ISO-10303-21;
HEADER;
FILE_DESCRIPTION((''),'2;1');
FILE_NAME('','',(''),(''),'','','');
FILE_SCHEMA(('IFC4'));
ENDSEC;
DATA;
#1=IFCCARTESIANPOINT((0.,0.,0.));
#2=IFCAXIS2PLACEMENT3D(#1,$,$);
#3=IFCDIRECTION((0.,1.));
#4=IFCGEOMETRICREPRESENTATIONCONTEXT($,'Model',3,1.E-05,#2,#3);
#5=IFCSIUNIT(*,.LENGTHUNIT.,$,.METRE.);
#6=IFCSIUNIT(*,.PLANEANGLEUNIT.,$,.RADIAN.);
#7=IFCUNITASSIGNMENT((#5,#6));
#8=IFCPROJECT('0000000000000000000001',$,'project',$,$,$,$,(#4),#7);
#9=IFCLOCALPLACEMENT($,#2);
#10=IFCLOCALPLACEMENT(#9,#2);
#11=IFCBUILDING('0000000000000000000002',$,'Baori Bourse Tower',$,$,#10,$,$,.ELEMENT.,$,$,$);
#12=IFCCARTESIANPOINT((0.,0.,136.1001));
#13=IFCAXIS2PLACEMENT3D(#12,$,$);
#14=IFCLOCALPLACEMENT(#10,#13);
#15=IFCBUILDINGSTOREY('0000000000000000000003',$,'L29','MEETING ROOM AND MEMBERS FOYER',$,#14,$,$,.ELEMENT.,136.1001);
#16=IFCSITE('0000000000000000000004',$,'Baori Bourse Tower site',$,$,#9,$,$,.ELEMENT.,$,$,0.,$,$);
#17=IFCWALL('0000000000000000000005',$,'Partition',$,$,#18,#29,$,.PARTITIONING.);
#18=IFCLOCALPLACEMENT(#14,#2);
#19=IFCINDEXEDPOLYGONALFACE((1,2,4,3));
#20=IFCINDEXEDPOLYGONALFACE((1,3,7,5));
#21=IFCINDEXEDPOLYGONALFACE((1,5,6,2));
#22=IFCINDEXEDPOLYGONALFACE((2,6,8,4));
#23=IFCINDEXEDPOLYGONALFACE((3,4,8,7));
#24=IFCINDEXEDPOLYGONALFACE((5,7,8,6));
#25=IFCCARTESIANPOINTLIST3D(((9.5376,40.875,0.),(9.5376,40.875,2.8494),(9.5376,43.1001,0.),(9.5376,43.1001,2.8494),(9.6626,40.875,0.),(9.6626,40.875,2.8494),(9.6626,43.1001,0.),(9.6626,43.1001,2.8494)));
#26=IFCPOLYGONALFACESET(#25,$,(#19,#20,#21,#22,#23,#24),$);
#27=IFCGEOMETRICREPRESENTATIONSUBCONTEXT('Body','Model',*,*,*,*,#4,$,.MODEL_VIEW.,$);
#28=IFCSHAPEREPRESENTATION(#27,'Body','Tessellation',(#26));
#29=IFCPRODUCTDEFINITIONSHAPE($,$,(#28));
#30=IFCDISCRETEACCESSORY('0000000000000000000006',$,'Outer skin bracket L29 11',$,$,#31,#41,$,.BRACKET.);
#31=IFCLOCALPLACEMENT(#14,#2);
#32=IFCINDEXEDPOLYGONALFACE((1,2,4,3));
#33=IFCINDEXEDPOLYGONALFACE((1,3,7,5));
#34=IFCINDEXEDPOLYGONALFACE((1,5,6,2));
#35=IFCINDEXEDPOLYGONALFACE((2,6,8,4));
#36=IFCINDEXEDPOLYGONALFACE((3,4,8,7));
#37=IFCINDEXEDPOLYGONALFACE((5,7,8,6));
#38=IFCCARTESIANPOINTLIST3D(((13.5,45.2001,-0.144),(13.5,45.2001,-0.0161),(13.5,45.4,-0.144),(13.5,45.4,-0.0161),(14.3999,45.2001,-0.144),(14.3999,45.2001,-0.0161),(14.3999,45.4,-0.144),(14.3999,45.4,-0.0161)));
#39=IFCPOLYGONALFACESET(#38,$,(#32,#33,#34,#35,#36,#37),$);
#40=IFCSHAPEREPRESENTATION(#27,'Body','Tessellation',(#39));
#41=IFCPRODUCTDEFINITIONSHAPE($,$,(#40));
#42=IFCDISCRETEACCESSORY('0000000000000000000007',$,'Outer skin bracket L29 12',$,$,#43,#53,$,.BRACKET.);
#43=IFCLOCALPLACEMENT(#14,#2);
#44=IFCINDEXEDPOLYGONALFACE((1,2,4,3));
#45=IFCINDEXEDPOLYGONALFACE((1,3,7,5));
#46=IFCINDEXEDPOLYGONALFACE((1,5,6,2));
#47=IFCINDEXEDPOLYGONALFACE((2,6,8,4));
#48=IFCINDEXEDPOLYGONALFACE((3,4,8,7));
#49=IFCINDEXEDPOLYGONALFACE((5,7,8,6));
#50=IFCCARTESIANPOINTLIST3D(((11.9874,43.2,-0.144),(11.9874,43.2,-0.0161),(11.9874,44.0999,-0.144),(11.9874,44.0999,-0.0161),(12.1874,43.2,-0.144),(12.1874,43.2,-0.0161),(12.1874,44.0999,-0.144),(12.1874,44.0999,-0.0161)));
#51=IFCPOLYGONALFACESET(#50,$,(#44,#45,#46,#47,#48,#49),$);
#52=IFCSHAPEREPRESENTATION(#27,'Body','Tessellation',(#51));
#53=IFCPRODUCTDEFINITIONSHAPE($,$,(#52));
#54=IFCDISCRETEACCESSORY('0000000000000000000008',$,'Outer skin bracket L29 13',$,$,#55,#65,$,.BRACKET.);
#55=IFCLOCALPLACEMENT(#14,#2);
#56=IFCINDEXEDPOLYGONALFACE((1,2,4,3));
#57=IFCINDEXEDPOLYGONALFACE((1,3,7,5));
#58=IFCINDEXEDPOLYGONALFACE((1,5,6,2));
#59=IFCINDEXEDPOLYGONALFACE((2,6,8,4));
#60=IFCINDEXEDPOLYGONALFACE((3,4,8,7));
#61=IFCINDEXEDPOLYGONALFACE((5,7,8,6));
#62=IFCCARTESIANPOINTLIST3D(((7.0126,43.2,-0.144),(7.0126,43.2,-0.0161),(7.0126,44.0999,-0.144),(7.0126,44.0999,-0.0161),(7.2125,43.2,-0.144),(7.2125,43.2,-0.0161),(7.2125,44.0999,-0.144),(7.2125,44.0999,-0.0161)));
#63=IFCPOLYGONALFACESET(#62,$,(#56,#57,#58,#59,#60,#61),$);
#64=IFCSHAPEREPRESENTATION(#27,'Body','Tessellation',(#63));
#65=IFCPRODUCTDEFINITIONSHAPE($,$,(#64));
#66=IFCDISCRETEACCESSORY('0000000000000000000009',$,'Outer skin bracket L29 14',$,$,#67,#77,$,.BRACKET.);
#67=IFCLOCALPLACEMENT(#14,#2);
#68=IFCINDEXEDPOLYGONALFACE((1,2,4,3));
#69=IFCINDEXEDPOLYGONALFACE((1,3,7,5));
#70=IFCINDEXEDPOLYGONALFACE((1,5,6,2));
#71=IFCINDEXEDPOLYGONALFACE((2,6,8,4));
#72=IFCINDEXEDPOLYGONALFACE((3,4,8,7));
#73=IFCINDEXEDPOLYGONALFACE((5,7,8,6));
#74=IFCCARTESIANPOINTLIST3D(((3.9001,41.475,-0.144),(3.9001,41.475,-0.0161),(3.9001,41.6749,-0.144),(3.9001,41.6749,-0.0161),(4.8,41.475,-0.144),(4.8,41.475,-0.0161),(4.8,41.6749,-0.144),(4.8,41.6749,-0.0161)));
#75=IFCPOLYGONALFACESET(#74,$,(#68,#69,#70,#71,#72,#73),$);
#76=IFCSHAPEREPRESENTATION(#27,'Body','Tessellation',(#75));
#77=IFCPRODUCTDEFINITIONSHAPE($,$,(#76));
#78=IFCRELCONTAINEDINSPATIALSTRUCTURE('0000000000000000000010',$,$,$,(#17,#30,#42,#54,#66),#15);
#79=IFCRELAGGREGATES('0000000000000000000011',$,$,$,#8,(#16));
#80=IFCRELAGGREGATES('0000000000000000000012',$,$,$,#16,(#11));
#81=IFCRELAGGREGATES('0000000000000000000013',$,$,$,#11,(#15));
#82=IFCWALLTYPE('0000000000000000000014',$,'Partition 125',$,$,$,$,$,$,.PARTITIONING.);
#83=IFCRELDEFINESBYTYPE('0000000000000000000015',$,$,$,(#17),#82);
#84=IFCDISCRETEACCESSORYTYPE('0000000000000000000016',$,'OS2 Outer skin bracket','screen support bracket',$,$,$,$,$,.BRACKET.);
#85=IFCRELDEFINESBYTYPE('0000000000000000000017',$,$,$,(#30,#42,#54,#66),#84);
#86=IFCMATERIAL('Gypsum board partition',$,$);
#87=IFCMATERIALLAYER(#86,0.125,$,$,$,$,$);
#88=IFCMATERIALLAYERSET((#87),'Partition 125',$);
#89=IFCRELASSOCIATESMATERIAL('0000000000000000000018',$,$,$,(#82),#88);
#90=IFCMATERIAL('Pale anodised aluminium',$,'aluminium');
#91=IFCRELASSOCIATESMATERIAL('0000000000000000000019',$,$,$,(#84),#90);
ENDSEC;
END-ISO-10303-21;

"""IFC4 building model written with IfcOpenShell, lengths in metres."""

from ifc_helpers import new_model, si_unit, direction, frame, frame_2d, origin, origin_2d, place, context, subcontext, project, spatial, rectangle, extrude, material, layer, layer_set, type_object, element, save


model = new_model("IFC4")

# Units and contexts
model_context = context("Model", 3, precision=1e-05, world=origin(), true_north=direction((0.0, 1.0)))
body_context = subcontext(model_context, "Body", "Model", "MODEL_VIEW")
ifc_project = project(units=[si_unit("LENGTHUNIT", "METRE"), si_unit("PLANEANGLEUNIT", "RADIAN")], contexts=[model_context])

# Site, building, storey
site_placement = place(None, origin())
site = spatial("IfcSite", under=ifc_project, at=site_placement, Name="Baori Bourse Tower site", CompositionType="ELEMENT", RefElevation=0.0)
building_placement = place(site_placement, origin())
building = spatial("IfcBuilding", under=site, at=building_placement, Name="Baori Bourse Tower", CompositionType="ELEMENT")
storey_placement = place(building_placement, frame((0.0, 0.0, 136.1001)))
storey = spatial("IfcBuildingStorey", under=building, at=storey_placement, Name="L29", Description="MEETING ROOM AND MEMBERS FOYER", CompositionType="ELEMENT", Elevation=136.1001)

# Wall
ifc_material_1 = material(Name="Gypsum board partition")
ifc_layer_1 = layer(ifc_material_1, 0.125)
ifc_layer_set_1 = layer_set([ifc_layer_1], Name="Partition 125")
wall_type_1 = type_object("IfcWallType", Name="Partition 125", PredefinedType="PARTITIONING", material=ifc_layer_set_1)
wall_1_placement = place(storey_placement, frame((9.6001, 40.875, 0.0), z_axis=(0.0, 0.0, 1.0), x_axis=(0.0, 1.0, 0.0)))
element("IfcWall", 1, at=wall_1_placement, inside=storey, type_object=wall_type_1, Name="Partition", PredefinedType="PARTITIONING", context=body_context, shape_type="SweptSolid", body=[
    extrude(rectangle(XDim=2.2251, YDim=0.125, at=frame_2d((1.1125, 0.0))), origin(), (0.0, 0.0, 1.0), 2.8494),
])

# Discrete accessories
ifc_material_2 = material(Name="Pale anodised aluminium", Category="aluminium")
discrete_accessory_type = type_object("IfcDiscreteAccessoryType", Name="OS2 Outer skin bracket", Description="screen support bracket", PredefinedType="BRACKET", material=ifc_material_2)
for number, where, z_axis, x_axis, name in (
    (2, (13.95, 45.3, -0.144), (0.0, 0.0, 1.0), (0.0, -1.0, 0.0), "Outer skin bracket L29 11"),
    (3, (12.0874, 43.6499, -0.144), (0.0, 0.0, 1.0), (-1.0, 0.0, 0.0), "Outer skin bracket L29 12"),
    (4, (7.1125, 43.6499, -0.144), (0.0, 0.0, 1.0), (-1.0, 0.0, 0.0), "Outer skin bracket L29 13"),
    (5, (4.3501, 41.575, -0.144), (0.0, 0.0, 1.0), (0.0, -1.0, 0.0), "Outer skin bracket L29 14"),
):
    element("IfcDiscreteAccessory", number, at=place(storey_placement, frame(where, z_axis=z_axis, x_axis=x_axis)), inside=storey, type_object=discrete_accessory_type, Name=name, PredefinedType="BRACKET", context=body_context, shape_type="SweptSolid", body=[
        extrude(rectangle(XDim=0.2, YDim=0.8999, at=origin_2d()), origin(), (0.0, 0.0, 1.0), 0.1279),
    ])

save(model, "model.ifc")
